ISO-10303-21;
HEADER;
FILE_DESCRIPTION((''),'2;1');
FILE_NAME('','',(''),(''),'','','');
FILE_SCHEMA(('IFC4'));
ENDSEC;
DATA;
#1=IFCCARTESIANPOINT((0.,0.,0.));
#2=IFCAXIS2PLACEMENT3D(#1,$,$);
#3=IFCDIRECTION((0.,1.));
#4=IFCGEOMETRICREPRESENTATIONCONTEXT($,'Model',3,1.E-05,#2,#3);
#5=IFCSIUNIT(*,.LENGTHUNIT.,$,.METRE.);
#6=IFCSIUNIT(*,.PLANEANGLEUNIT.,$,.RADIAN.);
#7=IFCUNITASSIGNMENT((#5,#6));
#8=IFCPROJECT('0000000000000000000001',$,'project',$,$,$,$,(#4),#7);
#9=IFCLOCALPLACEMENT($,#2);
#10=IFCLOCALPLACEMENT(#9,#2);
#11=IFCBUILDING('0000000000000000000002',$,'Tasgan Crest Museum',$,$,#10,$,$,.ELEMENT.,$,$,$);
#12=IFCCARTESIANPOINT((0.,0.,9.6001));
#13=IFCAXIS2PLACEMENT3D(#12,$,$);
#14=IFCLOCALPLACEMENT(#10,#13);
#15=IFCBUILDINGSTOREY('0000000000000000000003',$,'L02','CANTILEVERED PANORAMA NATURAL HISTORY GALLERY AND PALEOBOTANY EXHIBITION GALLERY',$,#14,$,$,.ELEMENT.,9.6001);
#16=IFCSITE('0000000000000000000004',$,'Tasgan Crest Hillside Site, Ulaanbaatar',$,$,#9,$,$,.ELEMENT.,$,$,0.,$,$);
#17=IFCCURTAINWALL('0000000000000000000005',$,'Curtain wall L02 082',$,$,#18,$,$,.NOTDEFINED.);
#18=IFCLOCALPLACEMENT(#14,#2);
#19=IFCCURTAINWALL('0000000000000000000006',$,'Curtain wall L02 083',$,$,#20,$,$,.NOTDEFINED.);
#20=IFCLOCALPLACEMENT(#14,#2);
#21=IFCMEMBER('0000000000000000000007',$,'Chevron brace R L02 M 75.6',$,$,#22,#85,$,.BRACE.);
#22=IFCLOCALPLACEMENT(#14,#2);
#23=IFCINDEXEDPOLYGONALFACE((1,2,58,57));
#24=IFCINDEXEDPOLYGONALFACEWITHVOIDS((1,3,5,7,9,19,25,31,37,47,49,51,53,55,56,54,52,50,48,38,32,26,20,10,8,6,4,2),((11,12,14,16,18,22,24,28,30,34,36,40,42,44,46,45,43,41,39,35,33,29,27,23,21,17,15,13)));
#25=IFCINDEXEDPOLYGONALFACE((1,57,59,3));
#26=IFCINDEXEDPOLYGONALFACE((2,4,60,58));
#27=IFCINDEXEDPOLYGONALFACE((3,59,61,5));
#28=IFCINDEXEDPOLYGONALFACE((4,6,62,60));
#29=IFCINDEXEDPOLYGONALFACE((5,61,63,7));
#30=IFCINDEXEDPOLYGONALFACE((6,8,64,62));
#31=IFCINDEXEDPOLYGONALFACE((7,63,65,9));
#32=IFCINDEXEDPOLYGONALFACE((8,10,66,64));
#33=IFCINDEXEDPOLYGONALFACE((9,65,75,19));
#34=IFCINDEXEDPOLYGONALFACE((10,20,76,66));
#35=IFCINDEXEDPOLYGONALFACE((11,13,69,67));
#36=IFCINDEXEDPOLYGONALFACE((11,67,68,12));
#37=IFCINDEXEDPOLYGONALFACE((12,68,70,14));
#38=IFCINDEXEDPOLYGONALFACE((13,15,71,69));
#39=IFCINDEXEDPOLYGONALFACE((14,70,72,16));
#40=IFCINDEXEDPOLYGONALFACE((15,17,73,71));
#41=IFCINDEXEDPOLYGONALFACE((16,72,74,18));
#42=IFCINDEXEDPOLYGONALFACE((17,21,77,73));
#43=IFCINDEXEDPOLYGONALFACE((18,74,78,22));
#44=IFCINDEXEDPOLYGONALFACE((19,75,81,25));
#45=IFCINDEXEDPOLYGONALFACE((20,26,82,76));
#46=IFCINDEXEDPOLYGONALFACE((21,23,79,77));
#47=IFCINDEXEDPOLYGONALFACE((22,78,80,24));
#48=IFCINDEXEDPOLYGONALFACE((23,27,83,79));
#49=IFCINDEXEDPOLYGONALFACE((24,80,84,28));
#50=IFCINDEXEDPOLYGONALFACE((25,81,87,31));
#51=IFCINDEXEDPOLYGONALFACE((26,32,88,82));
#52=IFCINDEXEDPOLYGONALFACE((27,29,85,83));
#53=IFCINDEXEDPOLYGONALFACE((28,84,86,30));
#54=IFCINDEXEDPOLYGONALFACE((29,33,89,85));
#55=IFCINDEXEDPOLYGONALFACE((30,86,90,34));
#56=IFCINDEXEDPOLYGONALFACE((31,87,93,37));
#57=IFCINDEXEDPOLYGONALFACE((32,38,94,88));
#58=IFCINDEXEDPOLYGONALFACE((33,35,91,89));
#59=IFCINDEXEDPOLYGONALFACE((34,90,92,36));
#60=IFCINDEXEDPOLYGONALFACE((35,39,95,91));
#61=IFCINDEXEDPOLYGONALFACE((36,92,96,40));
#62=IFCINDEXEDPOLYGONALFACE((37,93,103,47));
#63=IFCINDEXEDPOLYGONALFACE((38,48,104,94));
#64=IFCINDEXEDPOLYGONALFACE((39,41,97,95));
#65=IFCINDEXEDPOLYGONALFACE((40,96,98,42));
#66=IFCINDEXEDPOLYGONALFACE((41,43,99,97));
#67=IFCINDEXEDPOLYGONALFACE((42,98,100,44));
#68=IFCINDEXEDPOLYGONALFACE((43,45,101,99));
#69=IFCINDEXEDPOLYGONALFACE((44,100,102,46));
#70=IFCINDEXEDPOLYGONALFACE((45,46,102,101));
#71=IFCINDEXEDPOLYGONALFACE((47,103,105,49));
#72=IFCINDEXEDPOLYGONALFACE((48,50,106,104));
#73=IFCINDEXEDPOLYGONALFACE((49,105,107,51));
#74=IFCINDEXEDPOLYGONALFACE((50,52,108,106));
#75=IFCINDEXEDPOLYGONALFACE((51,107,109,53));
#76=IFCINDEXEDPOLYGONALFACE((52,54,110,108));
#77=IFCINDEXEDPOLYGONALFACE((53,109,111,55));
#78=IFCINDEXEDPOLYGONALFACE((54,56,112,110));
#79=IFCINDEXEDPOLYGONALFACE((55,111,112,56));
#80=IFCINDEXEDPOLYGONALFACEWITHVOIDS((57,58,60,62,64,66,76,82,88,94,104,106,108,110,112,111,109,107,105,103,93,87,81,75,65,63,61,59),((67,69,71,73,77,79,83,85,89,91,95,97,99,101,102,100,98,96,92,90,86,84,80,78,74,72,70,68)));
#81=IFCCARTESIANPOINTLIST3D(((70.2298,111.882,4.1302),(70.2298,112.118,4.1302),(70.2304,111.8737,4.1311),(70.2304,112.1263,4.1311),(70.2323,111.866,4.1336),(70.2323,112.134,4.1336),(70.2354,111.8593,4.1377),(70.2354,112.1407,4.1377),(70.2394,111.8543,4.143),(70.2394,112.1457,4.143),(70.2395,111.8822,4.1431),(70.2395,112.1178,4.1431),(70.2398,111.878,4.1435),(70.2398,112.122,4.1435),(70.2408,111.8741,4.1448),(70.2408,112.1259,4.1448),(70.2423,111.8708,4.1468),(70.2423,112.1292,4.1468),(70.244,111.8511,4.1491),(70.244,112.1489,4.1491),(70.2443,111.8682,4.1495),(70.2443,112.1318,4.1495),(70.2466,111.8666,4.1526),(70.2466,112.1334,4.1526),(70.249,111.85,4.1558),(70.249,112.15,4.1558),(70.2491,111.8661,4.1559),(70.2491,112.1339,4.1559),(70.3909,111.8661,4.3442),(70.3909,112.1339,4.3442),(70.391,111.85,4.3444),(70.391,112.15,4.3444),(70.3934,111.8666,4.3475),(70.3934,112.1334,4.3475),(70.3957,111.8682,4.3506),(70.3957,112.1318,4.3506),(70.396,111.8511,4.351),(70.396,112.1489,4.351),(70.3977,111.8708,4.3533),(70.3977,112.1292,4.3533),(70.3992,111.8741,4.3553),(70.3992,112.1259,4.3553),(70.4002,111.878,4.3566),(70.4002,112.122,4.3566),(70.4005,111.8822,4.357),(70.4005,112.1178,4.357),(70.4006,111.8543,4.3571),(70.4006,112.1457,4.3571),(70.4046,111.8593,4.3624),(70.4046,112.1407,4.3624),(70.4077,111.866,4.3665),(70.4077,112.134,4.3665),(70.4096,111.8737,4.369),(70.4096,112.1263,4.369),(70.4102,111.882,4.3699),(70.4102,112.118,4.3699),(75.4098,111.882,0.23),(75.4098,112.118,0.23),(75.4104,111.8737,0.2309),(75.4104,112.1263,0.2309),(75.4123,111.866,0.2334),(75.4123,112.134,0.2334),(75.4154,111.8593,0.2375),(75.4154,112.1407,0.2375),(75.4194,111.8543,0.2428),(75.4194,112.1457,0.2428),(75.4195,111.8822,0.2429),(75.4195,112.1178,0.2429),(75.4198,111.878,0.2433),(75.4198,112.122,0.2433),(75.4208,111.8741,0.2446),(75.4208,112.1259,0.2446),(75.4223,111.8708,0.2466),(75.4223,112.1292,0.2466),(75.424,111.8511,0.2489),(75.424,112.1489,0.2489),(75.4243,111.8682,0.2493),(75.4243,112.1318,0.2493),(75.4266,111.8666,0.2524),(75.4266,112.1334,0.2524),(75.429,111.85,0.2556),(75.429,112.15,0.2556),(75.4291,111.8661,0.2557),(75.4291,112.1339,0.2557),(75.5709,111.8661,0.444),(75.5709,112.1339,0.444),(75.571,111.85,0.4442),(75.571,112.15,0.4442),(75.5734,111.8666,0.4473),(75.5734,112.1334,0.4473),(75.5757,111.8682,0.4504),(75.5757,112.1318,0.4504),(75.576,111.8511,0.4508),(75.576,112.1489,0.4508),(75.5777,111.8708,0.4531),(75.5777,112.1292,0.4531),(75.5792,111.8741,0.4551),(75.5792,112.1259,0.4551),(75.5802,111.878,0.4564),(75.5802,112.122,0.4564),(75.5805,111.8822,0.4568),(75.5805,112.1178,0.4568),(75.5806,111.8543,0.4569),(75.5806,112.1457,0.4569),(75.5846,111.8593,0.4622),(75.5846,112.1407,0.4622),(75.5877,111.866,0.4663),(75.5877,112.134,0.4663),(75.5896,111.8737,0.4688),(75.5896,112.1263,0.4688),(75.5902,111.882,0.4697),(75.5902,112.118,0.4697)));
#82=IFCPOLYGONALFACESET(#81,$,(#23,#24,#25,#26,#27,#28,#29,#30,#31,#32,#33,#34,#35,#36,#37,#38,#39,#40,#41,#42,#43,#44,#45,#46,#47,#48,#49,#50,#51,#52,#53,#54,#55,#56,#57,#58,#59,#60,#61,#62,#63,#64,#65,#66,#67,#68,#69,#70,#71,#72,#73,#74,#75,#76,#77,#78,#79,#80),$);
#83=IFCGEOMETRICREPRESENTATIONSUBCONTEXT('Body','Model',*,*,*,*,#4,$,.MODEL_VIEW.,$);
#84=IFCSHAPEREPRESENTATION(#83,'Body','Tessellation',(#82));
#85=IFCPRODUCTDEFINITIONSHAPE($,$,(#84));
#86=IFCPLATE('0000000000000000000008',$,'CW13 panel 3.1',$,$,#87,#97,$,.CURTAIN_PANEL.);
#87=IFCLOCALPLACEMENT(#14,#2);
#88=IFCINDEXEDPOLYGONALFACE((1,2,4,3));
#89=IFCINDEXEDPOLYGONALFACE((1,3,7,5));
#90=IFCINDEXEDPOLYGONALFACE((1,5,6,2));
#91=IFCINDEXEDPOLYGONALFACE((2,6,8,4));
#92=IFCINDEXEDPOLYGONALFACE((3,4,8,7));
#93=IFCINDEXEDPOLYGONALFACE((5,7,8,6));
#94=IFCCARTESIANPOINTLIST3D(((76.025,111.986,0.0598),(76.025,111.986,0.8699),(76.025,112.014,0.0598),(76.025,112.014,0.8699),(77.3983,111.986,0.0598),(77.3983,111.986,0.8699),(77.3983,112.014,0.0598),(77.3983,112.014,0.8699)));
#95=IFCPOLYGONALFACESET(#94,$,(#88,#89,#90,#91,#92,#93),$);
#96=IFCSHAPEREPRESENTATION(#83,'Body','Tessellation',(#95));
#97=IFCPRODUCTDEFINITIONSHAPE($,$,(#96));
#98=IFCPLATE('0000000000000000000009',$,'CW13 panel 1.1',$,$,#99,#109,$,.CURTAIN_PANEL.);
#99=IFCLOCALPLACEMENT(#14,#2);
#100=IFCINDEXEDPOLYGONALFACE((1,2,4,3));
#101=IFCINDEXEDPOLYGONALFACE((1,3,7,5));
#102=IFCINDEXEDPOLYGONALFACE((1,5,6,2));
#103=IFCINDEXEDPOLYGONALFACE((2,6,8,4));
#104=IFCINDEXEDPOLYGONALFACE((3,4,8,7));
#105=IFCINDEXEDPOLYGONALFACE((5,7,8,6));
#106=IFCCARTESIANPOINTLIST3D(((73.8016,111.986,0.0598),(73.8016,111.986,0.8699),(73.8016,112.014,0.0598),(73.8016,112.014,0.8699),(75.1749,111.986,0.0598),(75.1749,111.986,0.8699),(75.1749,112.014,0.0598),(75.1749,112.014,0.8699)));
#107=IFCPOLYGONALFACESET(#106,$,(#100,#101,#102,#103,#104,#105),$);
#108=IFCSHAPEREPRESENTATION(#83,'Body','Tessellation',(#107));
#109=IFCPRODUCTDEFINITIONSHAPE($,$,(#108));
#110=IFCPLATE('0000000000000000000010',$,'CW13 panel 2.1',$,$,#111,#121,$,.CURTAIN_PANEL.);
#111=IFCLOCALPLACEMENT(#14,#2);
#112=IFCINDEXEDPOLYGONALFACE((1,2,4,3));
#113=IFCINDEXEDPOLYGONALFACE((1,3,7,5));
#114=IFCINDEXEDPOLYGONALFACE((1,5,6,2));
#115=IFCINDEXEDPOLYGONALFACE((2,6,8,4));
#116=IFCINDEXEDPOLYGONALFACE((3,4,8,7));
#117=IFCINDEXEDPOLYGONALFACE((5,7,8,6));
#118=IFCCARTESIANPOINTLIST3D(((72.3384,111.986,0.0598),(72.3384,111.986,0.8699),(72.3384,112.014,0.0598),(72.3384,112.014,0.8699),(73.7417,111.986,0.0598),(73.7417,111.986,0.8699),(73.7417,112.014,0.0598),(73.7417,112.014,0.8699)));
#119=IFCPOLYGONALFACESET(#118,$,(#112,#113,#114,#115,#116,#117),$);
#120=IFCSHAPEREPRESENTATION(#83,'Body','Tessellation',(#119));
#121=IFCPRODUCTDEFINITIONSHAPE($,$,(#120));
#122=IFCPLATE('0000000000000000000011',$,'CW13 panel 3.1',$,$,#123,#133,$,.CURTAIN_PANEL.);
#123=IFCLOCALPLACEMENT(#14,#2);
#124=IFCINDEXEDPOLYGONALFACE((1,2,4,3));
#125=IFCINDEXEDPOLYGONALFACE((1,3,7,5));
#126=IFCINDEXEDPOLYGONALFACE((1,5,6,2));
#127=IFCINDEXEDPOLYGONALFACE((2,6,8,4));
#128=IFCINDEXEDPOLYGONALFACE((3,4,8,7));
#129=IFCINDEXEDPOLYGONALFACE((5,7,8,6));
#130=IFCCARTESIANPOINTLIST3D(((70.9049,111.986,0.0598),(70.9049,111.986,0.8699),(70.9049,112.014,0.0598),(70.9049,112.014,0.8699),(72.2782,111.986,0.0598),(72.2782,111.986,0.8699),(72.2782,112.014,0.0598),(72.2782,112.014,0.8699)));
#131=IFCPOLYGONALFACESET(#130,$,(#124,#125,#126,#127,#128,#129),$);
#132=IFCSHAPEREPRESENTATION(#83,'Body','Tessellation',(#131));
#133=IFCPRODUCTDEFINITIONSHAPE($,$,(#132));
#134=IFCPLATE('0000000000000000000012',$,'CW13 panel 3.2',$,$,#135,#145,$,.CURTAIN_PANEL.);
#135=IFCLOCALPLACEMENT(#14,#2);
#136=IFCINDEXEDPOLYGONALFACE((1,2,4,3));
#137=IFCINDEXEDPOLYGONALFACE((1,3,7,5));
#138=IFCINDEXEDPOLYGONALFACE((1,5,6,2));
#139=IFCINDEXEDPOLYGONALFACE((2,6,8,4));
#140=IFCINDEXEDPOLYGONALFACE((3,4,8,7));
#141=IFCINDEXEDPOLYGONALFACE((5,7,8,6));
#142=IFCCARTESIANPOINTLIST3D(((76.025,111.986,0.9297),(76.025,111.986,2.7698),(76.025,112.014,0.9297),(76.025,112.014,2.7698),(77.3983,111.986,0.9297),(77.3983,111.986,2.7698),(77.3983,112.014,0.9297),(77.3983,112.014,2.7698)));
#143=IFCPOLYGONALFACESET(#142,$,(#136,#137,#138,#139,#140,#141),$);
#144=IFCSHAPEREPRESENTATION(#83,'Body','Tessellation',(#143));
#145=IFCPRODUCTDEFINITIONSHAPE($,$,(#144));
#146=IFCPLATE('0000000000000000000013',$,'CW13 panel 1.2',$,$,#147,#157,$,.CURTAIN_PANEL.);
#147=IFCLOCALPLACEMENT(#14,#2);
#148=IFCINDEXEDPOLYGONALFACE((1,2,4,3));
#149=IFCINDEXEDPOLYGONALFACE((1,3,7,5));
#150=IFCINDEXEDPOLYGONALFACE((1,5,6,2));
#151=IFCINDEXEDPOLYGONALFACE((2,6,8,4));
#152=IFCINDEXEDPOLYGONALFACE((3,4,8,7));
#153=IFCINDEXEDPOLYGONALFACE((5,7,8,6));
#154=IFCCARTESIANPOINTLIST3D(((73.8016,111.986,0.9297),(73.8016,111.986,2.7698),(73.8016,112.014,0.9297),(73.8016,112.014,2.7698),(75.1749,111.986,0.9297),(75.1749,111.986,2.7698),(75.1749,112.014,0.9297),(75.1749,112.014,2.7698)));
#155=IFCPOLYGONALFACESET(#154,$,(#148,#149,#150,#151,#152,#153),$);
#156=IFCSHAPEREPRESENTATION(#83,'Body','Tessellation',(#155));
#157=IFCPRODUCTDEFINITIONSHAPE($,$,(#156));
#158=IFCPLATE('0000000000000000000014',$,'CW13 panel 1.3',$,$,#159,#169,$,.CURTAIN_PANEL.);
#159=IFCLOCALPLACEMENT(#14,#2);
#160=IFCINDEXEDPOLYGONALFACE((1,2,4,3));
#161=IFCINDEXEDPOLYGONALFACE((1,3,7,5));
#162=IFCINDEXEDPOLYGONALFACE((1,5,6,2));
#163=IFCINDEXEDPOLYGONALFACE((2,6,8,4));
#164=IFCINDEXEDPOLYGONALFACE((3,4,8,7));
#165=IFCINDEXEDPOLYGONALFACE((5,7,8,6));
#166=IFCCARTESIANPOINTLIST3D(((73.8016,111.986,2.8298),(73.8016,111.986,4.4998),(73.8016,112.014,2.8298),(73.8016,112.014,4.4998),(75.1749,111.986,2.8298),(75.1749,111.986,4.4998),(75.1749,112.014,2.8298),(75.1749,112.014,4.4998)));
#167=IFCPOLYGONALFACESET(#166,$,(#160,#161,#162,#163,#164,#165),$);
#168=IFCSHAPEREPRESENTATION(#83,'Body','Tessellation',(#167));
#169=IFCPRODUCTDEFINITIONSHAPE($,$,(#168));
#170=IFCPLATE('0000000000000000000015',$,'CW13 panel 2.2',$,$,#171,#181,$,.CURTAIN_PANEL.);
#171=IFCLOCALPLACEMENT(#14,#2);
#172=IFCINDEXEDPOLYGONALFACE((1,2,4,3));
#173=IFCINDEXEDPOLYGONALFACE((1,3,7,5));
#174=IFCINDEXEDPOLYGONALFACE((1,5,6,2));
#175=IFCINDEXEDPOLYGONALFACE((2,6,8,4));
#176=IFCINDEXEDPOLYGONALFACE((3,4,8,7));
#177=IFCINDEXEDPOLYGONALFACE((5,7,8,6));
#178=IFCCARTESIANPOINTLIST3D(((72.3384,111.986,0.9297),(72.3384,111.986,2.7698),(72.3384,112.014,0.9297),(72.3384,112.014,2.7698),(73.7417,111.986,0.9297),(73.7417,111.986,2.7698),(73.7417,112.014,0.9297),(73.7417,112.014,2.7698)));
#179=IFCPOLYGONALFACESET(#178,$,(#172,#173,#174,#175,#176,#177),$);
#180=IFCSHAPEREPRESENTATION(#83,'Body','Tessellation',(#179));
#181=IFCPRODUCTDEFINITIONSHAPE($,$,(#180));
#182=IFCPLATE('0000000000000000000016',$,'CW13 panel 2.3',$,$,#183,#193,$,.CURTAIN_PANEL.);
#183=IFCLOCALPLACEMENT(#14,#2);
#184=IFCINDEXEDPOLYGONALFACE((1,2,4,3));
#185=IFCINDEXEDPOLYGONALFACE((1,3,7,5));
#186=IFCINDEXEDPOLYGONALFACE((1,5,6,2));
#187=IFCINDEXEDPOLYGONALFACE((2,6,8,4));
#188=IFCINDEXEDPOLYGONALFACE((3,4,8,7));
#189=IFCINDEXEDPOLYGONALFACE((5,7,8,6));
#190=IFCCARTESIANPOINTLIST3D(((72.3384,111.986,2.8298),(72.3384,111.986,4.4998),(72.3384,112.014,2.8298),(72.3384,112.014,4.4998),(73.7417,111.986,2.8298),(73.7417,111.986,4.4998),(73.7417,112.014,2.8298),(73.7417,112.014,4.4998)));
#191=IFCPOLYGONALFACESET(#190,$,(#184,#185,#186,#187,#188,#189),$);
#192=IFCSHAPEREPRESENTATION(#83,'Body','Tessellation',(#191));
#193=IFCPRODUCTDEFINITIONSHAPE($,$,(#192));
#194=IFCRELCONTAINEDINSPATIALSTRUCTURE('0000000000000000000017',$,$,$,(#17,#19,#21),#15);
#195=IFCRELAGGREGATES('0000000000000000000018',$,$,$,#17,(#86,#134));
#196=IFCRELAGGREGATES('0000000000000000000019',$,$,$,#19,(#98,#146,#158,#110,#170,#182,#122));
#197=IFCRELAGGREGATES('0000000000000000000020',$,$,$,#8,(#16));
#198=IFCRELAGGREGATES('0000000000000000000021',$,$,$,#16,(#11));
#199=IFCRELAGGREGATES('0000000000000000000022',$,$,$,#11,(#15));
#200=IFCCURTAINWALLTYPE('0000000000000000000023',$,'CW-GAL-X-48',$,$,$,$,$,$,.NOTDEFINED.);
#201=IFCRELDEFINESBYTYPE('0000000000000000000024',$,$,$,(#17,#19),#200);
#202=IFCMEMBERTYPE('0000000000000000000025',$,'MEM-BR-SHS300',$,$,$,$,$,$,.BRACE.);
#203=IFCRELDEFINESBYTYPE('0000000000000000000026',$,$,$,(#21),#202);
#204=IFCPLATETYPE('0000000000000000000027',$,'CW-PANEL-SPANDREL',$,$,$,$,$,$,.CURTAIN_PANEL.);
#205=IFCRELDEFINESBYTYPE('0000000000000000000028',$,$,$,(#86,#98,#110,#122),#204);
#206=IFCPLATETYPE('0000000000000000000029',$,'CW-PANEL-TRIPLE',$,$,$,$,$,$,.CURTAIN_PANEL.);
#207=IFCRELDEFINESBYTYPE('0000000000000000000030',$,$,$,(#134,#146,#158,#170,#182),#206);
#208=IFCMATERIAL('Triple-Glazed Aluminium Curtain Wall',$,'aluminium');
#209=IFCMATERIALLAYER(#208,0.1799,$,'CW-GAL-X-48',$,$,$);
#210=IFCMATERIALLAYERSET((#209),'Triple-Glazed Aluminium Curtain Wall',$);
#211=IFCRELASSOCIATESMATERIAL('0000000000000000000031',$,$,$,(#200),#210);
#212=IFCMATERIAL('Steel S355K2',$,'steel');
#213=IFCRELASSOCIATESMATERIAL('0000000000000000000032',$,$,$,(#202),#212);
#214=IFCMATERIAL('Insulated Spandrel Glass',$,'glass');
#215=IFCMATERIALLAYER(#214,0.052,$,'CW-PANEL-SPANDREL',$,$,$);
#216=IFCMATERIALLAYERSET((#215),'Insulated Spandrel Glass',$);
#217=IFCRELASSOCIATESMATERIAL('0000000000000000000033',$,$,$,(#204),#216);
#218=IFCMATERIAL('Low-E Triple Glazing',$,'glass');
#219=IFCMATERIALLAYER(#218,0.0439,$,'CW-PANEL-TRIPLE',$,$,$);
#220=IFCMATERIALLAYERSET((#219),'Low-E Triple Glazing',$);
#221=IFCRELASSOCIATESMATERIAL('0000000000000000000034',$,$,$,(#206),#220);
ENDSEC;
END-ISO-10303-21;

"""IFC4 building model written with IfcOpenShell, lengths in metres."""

from ifc_helpers import new_model, si_unit, direction, frame, origin, origin_2d, place, context, subcontext, project, spatial, rectangle, hollow_rectangle, extrude, material, layer, layer_set, material_profile, profile_set, type_object, element, aggregate, save


model = new_model("IFC4")

# Units and contexts
model_context = context("Model", 3, precision=1e-05, world=origin(), true_north=direction((0.0, 1.0)))
body_context = subcontext(model_context, "Body", "Model", "MODEL_VIEW")
ifc_project = project(units=[si_unit("LENGTHUNIT", "METRE"), si_unit("PLANEANGLEUNIT", "RADIAN")], contexts=[model_context])

# Site, building, storey
site_placement = place(None, origin())
site = spatial("IfcSite", under=ifc_project, at=site_placement, Name="Tasgan Crest Hillside Site, Ulaanbaatar", CompositionType="ELEMENT", RefElevation=0.0)
building_placement = place(site_placement, origin())
building = spatial("IfcBuilding", under=site, at=building_placement, Name="Tasgan Crest Museum", CompositionType="ELEMENT")
storey_placement = place(building_placement, frame((0.0, 0.0, 9.6001)))
storey = spatial("IfcBuildingStorey", under=building, at=storey_placement, Name="L02", Description="CANTILEVERED PANORAMA NATURAL HISTORY GALLERY AND PALEOBOTANY EXHIBITION GALLERY", CompositionType="ELEMENT", Elevation=9.6001)

# Curtain wall
ifc_material_1 = material(Name="Triple-Glazed Aluminium Curtain Wall", Category="aluminium")
ifc_layer_1 = layer(ifc_material_1, 0.1799, Name="CW-GAL-X-48")
ifc_layer_set_1 = layer_set([ifc_layer_1], Name="Triple-Glazed Aluminium Curtain Wall")
curtain_wall_type = type_object("IfcCurtainWallType", Name="CW-GAL-X-48", PredefinedType="NOTDEFINED", material=ifc_layer_set_1)
curtain_wall_1_placement = place(storey_placement, origin())
curtain_wall_1 = element("IfcCurtainWall", 1, at=curtain_wall_1_placement, inside=storey, type_object=curtain_wall_type, Name="Curtain wall L02 082", PredefinedType="NOTDEFINED")

# Curtain wall
curtain_wall_2_placement = place(storey_placement, origin())
curtain_wall_2 = element("IfcCurtainWall", 2, at=curtain_wall_2_placement, inside=storey, type_object=curtain_wall_type, Name="Curtain wall L02 083", PredefinedType="NOTDEFINED")

# Member
ifc_material_2 = material(Name="Steel S355K2", Category="steel")
ifc_material_profile_1 = material_profile(ifc_material_2, hollow_rectangle(XDim=0.3, YDim=0.3, WallThickness=0.0161, InnerFilletRadius=0.0161, OuterFilletRadius=0.032, at=origin_2d()), Name="SHS 300x300x16")
ifc_profile_set_1 = profile_set([ifc_material_profile_1], Name="Steel S355K2")
member_type_1 = type_object("IfcMemberType", Name="MEM-BR-SHS300", PredefinedType="BRACE", material=ifc_profile_set_1)
member_1_placement = place(storey_placement, frame((75.5, 112.0, 0.3499), z_axis=(-0.798874, 0.0, 0.601499), x_axis=(0.0, -1.0, 0.0)))
element("IfcMember", 3, at=member_1_placement, inside=storey, type_object=member_type_1, Name="Chevron brace R L02 M 75.6", PredefinedType="BRACE", context=body_context, shape_type="SweptSolid", body=[
    extrude(hollow_rectangle(XDim=0.3, YDim=0.3, WallThickness=0.0161, InnerFilletRadius=0.0161, OuterFilletRadius=0.032, at=origin_2d()), origin(), (0.0, 0.0, 1.0), 6.4841),
])

# Plates
ifc_material_3 = material(Name="Insulated Spandrel Glass", Category="glass")
ifc_layer_2 = layer(ifc_material_3, 0.052, Name="CW-PANEL-SPANDREL")
ifc_layer_set_2 = layer_set([ifc_layer_2], Name="Insulated Spandrel Glass")
plate_type_1 = type_object("IfcPlateType", Name="CW-PANEL-SPANDREL", PredefinedType="CURTAIN_PANEL", material=ifc_layer_set_2)
plate_1_placement = place(storey_placement, frame((76.7117, 112.0, 0.0598), z_axis=(0.0, 0.0, 1.0), x_axis=(-1.0, 0.0, 0.0)))
plate_1 = element("IfcPlate", 4, at=plate_1_placement, type_object=plate_type_1, Name="CW13 panel 3.1", PredefinedType="CURTAIN_PANEL", context=body_context, shape_type="SweptSolid", body=[
    extrude(rectangle(XDim=1.3733, YDim=0.0281, at=origin_2d()), origin(), (0.0, 0.0, 1.0), 0.8101),
])
plate_2_placement = place(storey_placement, frame((74.4883, 112.0, 0.0598), z_axis=(0.0, 0.0, 1.0), x_axis=(-1.0, 0.0, 0.0)))
plate_2 = element("IfcPlate", 5, at=plate_2_placement, type_object=plate_type_1, Name="CW13 panel 1.1", PredefinedType="CURTAIN_PANEL", context=body_context, shape_type="SweptSolid", body=[
    extrude(rectangle(XDim=1.3733, YDim=0.0281, at=origin_2d()), origin(), (0.0, 0.0, 1.0), 0.8101),
])
plate_3_placement = place(storey_placement, frame((73.04, 112.0, 0.0598), z_axis=(0.0, 0.0, 1.0), x_axis=(-1.0, 0.0, 0.0)))
plate_3 = element("IfcPlate", 6, at=plate_3_placement, type_object=plate_type_1, Name="CW13 panel 2.1", PredefinedType="CURTAIN_PANEL", context=body_context, shape_type="SweptSolid", body=[
    extrude(rectangle(XDim=1.4033, YDim=0.0281, at=origin_2d()), origin(), (0.0, 0.0, 1.0), 0.8101),
])
plate_4_placement = place(storey_placement, frame((71.5916, 112.0, 0.0598), z_axis=(0.0, 0.0, 1.0), x_axis=(-1.0, 0.0, 0.0)))
plate_4 = element("IfcPlate", 7, at=plate_4_placement, type_object=plate_type_1, Name="CW13 panel 3.1", PredefinedType="CURTAIN_PANEL", context=body_context, shape_type="SweptSolid", body=[
    extrude(rectangle(XDim=1.3733, YDim=0.0281, at=origin_2d()), origin(), (0.0, 0.0, 1.0), 0.8101),
])
ifc_material_4 = material(Name="Low-E Triple Glazing", Category="glass")
ifc_layer_3 = layer(ifc_material_4, 0.0439, Name="CW-PANEL-TRIPLE")
ifc_layer_set_3 = layer_set([ifc_layer_3], Name="Low-E Triple Glazing")
plate_type_2 = type_object("IfcPlateType", Name="CW-PANEL-TRIPLE", PredefinedType="CURTAIN_PANEL", material=ifc_layer_set_3)
plate_5_placement = place(storey_placement, frame((76.7117, 112.0, 0.9297), z_axis=(0.0, 0.0, 1.0), x_axis=(-1.0, 0.0, 0.0)))
plate_5 = element("IfcPlate", 8, at=plate_5_placement, type_object=plate_type_2, Name="CW13 panel 3.2", PredefinedType="CURTAIN_PANEL", context=body_context, shape_type="SweptSolid", body=[
    extrude(rectangle(XDim=1.3733, YDim=0.0281, at=origin_2d()), origin(), (0.0, 0.0, 1.0), 1.8401),
])
aggregate(curtain_wall_1, [plate_1, plate_5])
plate_6_placement = place(storey_placement, frame((74.4883, 112.0, 0.9297), z_axis=(0.0, 0.0, 1.0), x_axis=(-1.0, 0.0, 0.0)))
plate_6 = element("IfcPlate", 9, at=plate_6_placement, type_object=plate_type_2, Name="CW13 panel 1.2", PredefinedType="CURTAIN_PANEL", context=body_context, shape_type="SweptSolid", body=[
    extrude(rectangle(XDim=1.3733, YDim=0.0281, at=origin_2d()), origin(), (0.0, 0.0, 1.0), 1.8401),
])
plate_7_placement = place(storey_placement, frame((74.4883, 112.0, 2.8298), z_axis=(0.0, 0.0, 1.0), x_axis=(-1.0, 0.0, 0.0)))
plate_7 = element("IfcPlate", 10, at=plate_7_placement, type_object=plate_type_2, Name="CW13 panel 1.3", PredefinedType="CURTAIN_PANEL", context=body_context, shape_type="SweptSolid", body=[
    extrude(rectangle(XDim=1.3733, YDim=0.0281, at=origin_2d()), origin(), (0.0, 0.0, 1.0), 1.6699),
])
plate_8_placement = place(storey_placement, frame((73.04, 112.0, 0.9297), z_axis=(0.0, 0.0, 1.0), x_axis=(-1.0, 0.0, 0.0)))
plate_8 = element("IfcPlate", 11, at=plate_8_placement, type_object=plate_type_2, Name="CW13 panel 2.2", PredefinedType="CURTAIN_PANEL", context=body_context, shape_type="SweptSolid", body=[
    extrude(rectangle(XDim=1.4033, YDim=0.0281, at=origin_2d()), origin(), (0.0, 0.0, 1.0), 1.8401),
])
plate_9_placement = place(storey_placement, frame((73.04, 112.0, 2.8298), z_axis=(0.0, 0.0, 1.0), x_axis=(-1.0, 0.0, 0.0)))
plate_9 = element("IfcPlate", 12, at=plate_9_placement, type_object=plate_type_2, Name="CW13 panel 2.3", PredefinedType="CURTAIN_PANEL", context=body_context, shape_type="SweptSolid", body=[
    extrude(rectangle(XDim=1.4033, YDim=0.0281, at=origin_2d()), origin(), (0.0, 0.0, 1.0), 1.6699),
])
aggregate(curtain_wall_2, [plate_2, plate_6, plate_7, plate_3, plate_8, plate_9, plate_4])

save(model, "model.ifc")
